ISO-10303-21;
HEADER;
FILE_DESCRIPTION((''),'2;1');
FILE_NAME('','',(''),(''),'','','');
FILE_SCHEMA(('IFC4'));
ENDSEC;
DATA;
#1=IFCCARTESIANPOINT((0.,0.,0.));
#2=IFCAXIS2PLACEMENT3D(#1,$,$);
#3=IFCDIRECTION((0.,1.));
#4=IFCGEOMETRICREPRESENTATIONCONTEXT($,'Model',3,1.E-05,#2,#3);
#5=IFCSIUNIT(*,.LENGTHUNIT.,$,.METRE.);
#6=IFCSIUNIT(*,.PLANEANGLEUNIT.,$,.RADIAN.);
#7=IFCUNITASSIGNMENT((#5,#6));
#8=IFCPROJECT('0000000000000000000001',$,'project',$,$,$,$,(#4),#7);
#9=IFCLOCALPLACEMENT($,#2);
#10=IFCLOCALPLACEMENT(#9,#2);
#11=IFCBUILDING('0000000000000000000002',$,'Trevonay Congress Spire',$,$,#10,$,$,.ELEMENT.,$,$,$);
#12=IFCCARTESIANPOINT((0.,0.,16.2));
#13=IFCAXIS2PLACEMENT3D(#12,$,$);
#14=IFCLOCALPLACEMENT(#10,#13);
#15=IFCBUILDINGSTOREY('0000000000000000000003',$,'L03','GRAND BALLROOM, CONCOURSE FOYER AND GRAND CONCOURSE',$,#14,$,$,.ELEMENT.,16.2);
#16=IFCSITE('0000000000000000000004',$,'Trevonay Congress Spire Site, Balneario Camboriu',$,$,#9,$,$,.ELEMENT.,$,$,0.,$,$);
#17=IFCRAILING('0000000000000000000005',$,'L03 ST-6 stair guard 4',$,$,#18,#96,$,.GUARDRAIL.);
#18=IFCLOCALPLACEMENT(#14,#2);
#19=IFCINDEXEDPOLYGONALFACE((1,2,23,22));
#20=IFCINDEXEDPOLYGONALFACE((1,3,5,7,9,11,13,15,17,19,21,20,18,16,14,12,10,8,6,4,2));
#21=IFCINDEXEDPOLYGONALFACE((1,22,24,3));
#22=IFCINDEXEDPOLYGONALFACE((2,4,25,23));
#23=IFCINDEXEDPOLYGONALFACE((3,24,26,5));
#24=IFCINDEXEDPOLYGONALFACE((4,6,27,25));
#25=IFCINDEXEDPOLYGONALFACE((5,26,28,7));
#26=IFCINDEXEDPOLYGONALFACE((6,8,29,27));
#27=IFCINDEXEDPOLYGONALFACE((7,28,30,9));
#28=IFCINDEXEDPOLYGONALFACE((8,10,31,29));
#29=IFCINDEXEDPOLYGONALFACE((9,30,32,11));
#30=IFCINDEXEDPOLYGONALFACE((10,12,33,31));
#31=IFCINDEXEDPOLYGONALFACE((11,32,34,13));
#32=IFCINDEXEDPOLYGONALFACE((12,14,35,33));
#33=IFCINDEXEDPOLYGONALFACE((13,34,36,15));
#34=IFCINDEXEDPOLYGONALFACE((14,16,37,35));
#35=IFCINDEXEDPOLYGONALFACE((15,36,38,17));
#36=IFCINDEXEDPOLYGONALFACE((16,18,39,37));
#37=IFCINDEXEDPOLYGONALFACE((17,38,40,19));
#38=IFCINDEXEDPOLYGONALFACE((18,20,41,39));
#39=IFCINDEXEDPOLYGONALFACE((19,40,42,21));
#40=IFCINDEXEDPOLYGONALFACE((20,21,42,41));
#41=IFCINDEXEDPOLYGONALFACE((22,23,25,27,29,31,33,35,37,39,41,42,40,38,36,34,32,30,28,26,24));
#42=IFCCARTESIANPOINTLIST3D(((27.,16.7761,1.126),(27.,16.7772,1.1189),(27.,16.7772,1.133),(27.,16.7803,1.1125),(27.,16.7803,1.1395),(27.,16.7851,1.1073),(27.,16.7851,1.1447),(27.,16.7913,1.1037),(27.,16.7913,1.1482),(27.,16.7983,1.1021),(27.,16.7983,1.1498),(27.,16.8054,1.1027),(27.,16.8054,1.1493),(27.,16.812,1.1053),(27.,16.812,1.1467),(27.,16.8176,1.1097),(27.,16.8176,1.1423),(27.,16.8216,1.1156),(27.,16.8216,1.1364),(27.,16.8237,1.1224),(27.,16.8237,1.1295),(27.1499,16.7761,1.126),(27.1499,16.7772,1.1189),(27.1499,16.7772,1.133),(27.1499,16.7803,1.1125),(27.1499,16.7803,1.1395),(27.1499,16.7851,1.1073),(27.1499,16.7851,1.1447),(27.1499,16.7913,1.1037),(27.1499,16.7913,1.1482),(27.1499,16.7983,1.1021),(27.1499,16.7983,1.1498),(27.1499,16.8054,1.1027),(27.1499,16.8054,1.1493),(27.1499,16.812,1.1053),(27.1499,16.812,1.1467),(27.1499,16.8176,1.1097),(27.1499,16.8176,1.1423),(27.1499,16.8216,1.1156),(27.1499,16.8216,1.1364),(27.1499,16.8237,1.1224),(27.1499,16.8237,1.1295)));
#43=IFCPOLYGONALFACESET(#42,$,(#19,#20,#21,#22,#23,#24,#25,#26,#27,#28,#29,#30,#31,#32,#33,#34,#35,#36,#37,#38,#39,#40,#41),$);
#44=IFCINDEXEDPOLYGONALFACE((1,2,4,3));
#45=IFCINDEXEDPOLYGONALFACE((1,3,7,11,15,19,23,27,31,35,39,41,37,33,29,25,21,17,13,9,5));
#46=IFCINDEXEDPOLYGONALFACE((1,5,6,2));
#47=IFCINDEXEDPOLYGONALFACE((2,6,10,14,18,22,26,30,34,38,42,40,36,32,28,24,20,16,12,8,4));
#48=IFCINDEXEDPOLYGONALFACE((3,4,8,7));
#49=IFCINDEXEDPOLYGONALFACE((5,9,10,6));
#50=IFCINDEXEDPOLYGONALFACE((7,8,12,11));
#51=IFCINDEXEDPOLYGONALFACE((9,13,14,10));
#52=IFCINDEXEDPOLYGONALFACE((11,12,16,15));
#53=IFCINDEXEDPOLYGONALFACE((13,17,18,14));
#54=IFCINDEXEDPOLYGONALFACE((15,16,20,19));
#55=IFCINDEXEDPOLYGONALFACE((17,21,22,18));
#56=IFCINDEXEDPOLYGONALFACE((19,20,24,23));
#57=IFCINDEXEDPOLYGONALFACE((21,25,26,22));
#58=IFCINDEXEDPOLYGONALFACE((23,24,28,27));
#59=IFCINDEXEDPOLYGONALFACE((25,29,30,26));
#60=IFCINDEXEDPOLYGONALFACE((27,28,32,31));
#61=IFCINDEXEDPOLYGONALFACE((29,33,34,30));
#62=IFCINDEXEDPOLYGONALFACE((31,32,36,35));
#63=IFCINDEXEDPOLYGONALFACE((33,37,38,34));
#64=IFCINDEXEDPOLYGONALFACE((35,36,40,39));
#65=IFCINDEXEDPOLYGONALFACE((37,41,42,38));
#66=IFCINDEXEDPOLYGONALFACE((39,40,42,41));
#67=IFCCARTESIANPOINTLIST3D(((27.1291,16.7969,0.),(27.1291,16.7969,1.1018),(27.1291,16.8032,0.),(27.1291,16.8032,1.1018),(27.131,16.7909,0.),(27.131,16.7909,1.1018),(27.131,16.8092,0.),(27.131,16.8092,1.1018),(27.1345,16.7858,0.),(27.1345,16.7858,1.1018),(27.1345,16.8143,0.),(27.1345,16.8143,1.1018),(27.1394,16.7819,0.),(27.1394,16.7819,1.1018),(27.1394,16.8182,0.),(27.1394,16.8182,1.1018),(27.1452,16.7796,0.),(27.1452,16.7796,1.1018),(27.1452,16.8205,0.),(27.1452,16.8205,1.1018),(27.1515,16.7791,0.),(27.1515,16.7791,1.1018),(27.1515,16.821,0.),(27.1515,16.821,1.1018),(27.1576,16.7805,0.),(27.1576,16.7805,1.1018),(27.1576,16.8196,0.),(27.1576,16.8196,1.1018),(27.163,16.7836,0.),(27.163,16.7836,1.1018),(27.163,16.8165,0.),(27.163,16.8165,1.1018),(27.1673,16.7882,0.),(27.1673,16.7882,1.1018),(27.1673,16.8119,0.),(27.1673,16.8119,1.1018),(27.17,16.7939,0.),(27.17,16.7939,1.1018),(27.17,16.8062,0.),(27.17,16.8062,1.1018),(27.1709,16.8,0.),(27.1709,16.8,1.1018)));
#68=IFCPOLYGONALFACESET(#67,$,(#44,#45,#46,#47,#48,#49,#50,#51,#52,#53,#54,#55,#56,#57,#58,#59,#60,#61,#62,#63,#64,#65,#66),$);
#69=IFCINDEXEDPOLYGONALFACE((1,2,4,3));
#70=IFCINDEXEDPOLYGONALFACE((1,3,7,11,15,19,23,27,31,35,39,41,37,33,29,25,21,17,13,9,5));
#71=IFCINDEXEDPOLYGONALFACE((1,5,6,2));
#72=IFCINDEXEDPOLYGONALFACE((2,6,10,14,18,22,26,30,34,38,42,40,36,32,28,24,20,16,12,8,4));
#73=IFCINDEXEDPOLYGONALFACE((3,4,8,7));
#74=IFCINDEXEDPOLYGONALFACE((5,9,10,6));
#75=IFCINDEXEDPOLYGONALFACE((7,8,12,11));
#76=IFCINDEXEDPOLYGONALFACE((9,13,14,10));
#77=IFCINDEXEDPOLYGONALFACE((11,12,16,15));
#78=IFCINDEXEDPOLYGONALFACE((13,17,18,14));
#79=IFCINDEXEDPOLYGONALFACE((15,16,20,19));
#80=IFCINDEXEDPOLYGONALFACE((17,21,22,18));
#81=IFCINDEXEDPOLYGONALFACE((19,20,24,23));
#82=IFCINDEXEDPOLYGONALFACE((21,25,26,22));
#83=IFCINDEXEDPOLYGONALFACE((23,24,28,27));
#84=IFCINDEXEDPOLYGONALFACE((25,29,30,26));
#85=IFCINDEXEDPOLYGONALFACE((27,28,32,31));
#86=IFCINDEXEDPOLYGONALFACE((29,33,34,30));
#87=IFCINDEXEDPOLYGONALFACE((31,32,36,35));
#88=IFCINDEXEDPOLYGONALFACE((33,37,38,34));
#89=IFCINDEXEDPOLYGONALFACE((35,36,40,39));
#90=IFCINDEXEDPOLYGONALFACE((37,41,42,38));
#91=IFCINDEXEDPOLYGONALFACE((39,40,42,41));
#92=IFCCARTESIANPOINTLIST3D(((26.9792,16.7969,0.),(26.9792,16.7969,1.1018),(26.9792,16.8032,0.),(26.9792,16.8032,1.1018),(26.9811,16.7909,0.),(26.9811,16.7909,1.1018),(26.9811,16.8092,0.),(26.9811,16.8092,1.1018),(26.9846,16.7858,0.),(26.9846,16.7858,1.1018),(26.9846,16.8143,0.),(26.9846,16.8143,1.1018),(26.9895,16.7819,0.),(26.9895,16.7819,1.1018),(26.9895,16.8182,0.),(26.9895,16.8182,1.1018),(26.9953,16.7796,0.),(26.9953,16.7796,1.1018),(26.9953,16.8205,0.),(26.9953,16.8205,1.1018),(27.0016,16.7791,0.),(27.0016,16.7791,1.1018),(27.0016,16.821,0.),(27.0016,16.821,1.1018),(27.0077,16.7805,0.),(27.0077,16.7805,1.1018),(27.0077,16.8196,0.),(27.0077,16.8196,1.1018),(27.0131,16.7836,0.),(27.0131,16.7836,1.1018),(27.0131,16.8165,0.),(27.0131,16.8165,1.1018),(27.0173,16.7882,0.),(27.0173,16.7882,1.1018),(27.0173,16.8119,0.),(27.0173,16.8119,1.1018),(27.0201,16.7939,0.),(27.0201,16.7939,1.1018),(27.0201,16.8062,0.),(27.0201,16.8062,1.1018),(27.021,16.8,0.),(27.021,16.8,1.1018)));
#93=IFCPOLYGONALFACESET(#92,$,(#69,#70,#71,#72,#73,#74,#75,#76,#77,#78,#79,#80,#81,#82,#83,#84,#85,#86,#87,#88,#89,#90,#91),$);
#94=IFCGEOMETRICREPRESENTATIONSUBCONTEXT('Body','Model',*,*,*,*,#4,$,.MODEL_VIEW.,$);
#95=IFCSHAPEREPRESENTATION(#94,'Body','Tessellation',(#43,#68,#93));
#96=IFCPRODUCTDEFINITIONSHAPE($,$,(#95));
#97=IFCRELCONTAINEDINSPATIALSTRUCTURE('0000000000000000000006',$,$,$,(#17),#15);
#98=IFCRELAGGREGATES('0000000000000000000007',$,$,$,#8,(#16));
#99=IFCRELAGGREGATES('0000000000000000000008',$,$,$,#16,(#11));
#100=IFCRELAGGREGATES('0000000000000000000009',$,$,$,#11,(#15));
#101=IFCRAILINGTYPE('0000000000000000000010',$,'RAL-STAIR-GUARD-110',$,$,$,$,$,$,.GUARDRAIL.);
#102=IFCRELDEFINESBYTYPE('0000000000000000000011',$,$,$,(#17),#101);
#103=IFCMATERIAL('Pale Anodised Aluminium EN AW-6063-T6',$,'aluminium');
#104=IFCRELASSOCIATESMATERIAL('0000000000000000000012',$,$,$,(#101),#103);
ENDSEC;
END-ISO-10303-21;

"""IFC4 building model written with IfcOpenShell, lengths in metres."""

from ifc_helpers import new_model, si_unit, direction, frame, origin, origin_2d, place, context, subcontext, project, spatial, circle, extrude, material, type_object, element, save


model = new_model("IFC4")

# Units and contexts
model_context = context("Model", 3, precision=1e-05, world=origin(), true_north=direction((0.0, 1.0)))
body_context = subcontext(model_context, "Body", "Model", "MODEL_VIEW")
ifc_project = project(units=[si_unit("LENGTHUNIT", "METRE"), si_unit("PLANEANGLEUNIT", "RADIAN")], contexts=[model_context])

# Site, building, storey
site_placement = place(None, origin())
site = spatial("IfcSite", under=ifc_project, at=site_placement, Name="Trevonay Congress Spire Site, Balneario Camboriu", CompositionType="ELEMENT", RefElevation=0.0)
building_placement = place(site_placement, origin())
building = spatial("IfcBuilding", under=site, at=building_placement, Name="Trevonay Congress Spire", CompositionType="ELEMENT")
storey_placement = place(building_placement, frame((0.0, 0.0, 16.2)))
storey = spatial("IfcBuildingStorey", under=building, at=storey_placement, Name="L03", Description="GRAND BALLROOM, CONCOURSE FOYER AND GRAND CONCOURSE", CompositionType="ELEMENT", Elevation=16.2)

# Shared definitions
ifc_material_1 = material(Name="Pale Anodised Aluminium EN AW-6063-T6", Category="aluminium")

# Railing
railing_type_1 = type_object("IfcRailingType", Name="RAL-STAIR-GUARD-110", PredefinedType="GUARDRAIL", material=ifc_material_1)
railing_1_placement = place(storey_placement, frame((27.1499, 16.8, 0.0)))
element("IfcRailing", 1, at=railing_1_placement, inside=storey, type_object=railing_type_1, Name="L03 ST-6 stair guard 4", PredefinedType="GUARDRAIL", context=body_context, shape_type="SweptSolid", body=[
    extrude(circle(Radius=0.0239, at=origin_2d()), frame((0.0, 0.0, 1.126), z_axis=(-1.0, 0.0, 0.0), x_axis=(0.0, -1.0, 0.0)), (0.0, 0.0, 1.0), 0.1499),
    extrude(circle(Radius=0.021, at=origin_2d()), origin(), (0.0, 0.0, 1.0), 1.1018),
    extrude(circle(Radius=0.021, at=origin_2d()), frame((-0.1499, 0.0, 0.0)), (0.0, 0.0, 1.0), 1.1018),
])

save(model, "model.ifc")
